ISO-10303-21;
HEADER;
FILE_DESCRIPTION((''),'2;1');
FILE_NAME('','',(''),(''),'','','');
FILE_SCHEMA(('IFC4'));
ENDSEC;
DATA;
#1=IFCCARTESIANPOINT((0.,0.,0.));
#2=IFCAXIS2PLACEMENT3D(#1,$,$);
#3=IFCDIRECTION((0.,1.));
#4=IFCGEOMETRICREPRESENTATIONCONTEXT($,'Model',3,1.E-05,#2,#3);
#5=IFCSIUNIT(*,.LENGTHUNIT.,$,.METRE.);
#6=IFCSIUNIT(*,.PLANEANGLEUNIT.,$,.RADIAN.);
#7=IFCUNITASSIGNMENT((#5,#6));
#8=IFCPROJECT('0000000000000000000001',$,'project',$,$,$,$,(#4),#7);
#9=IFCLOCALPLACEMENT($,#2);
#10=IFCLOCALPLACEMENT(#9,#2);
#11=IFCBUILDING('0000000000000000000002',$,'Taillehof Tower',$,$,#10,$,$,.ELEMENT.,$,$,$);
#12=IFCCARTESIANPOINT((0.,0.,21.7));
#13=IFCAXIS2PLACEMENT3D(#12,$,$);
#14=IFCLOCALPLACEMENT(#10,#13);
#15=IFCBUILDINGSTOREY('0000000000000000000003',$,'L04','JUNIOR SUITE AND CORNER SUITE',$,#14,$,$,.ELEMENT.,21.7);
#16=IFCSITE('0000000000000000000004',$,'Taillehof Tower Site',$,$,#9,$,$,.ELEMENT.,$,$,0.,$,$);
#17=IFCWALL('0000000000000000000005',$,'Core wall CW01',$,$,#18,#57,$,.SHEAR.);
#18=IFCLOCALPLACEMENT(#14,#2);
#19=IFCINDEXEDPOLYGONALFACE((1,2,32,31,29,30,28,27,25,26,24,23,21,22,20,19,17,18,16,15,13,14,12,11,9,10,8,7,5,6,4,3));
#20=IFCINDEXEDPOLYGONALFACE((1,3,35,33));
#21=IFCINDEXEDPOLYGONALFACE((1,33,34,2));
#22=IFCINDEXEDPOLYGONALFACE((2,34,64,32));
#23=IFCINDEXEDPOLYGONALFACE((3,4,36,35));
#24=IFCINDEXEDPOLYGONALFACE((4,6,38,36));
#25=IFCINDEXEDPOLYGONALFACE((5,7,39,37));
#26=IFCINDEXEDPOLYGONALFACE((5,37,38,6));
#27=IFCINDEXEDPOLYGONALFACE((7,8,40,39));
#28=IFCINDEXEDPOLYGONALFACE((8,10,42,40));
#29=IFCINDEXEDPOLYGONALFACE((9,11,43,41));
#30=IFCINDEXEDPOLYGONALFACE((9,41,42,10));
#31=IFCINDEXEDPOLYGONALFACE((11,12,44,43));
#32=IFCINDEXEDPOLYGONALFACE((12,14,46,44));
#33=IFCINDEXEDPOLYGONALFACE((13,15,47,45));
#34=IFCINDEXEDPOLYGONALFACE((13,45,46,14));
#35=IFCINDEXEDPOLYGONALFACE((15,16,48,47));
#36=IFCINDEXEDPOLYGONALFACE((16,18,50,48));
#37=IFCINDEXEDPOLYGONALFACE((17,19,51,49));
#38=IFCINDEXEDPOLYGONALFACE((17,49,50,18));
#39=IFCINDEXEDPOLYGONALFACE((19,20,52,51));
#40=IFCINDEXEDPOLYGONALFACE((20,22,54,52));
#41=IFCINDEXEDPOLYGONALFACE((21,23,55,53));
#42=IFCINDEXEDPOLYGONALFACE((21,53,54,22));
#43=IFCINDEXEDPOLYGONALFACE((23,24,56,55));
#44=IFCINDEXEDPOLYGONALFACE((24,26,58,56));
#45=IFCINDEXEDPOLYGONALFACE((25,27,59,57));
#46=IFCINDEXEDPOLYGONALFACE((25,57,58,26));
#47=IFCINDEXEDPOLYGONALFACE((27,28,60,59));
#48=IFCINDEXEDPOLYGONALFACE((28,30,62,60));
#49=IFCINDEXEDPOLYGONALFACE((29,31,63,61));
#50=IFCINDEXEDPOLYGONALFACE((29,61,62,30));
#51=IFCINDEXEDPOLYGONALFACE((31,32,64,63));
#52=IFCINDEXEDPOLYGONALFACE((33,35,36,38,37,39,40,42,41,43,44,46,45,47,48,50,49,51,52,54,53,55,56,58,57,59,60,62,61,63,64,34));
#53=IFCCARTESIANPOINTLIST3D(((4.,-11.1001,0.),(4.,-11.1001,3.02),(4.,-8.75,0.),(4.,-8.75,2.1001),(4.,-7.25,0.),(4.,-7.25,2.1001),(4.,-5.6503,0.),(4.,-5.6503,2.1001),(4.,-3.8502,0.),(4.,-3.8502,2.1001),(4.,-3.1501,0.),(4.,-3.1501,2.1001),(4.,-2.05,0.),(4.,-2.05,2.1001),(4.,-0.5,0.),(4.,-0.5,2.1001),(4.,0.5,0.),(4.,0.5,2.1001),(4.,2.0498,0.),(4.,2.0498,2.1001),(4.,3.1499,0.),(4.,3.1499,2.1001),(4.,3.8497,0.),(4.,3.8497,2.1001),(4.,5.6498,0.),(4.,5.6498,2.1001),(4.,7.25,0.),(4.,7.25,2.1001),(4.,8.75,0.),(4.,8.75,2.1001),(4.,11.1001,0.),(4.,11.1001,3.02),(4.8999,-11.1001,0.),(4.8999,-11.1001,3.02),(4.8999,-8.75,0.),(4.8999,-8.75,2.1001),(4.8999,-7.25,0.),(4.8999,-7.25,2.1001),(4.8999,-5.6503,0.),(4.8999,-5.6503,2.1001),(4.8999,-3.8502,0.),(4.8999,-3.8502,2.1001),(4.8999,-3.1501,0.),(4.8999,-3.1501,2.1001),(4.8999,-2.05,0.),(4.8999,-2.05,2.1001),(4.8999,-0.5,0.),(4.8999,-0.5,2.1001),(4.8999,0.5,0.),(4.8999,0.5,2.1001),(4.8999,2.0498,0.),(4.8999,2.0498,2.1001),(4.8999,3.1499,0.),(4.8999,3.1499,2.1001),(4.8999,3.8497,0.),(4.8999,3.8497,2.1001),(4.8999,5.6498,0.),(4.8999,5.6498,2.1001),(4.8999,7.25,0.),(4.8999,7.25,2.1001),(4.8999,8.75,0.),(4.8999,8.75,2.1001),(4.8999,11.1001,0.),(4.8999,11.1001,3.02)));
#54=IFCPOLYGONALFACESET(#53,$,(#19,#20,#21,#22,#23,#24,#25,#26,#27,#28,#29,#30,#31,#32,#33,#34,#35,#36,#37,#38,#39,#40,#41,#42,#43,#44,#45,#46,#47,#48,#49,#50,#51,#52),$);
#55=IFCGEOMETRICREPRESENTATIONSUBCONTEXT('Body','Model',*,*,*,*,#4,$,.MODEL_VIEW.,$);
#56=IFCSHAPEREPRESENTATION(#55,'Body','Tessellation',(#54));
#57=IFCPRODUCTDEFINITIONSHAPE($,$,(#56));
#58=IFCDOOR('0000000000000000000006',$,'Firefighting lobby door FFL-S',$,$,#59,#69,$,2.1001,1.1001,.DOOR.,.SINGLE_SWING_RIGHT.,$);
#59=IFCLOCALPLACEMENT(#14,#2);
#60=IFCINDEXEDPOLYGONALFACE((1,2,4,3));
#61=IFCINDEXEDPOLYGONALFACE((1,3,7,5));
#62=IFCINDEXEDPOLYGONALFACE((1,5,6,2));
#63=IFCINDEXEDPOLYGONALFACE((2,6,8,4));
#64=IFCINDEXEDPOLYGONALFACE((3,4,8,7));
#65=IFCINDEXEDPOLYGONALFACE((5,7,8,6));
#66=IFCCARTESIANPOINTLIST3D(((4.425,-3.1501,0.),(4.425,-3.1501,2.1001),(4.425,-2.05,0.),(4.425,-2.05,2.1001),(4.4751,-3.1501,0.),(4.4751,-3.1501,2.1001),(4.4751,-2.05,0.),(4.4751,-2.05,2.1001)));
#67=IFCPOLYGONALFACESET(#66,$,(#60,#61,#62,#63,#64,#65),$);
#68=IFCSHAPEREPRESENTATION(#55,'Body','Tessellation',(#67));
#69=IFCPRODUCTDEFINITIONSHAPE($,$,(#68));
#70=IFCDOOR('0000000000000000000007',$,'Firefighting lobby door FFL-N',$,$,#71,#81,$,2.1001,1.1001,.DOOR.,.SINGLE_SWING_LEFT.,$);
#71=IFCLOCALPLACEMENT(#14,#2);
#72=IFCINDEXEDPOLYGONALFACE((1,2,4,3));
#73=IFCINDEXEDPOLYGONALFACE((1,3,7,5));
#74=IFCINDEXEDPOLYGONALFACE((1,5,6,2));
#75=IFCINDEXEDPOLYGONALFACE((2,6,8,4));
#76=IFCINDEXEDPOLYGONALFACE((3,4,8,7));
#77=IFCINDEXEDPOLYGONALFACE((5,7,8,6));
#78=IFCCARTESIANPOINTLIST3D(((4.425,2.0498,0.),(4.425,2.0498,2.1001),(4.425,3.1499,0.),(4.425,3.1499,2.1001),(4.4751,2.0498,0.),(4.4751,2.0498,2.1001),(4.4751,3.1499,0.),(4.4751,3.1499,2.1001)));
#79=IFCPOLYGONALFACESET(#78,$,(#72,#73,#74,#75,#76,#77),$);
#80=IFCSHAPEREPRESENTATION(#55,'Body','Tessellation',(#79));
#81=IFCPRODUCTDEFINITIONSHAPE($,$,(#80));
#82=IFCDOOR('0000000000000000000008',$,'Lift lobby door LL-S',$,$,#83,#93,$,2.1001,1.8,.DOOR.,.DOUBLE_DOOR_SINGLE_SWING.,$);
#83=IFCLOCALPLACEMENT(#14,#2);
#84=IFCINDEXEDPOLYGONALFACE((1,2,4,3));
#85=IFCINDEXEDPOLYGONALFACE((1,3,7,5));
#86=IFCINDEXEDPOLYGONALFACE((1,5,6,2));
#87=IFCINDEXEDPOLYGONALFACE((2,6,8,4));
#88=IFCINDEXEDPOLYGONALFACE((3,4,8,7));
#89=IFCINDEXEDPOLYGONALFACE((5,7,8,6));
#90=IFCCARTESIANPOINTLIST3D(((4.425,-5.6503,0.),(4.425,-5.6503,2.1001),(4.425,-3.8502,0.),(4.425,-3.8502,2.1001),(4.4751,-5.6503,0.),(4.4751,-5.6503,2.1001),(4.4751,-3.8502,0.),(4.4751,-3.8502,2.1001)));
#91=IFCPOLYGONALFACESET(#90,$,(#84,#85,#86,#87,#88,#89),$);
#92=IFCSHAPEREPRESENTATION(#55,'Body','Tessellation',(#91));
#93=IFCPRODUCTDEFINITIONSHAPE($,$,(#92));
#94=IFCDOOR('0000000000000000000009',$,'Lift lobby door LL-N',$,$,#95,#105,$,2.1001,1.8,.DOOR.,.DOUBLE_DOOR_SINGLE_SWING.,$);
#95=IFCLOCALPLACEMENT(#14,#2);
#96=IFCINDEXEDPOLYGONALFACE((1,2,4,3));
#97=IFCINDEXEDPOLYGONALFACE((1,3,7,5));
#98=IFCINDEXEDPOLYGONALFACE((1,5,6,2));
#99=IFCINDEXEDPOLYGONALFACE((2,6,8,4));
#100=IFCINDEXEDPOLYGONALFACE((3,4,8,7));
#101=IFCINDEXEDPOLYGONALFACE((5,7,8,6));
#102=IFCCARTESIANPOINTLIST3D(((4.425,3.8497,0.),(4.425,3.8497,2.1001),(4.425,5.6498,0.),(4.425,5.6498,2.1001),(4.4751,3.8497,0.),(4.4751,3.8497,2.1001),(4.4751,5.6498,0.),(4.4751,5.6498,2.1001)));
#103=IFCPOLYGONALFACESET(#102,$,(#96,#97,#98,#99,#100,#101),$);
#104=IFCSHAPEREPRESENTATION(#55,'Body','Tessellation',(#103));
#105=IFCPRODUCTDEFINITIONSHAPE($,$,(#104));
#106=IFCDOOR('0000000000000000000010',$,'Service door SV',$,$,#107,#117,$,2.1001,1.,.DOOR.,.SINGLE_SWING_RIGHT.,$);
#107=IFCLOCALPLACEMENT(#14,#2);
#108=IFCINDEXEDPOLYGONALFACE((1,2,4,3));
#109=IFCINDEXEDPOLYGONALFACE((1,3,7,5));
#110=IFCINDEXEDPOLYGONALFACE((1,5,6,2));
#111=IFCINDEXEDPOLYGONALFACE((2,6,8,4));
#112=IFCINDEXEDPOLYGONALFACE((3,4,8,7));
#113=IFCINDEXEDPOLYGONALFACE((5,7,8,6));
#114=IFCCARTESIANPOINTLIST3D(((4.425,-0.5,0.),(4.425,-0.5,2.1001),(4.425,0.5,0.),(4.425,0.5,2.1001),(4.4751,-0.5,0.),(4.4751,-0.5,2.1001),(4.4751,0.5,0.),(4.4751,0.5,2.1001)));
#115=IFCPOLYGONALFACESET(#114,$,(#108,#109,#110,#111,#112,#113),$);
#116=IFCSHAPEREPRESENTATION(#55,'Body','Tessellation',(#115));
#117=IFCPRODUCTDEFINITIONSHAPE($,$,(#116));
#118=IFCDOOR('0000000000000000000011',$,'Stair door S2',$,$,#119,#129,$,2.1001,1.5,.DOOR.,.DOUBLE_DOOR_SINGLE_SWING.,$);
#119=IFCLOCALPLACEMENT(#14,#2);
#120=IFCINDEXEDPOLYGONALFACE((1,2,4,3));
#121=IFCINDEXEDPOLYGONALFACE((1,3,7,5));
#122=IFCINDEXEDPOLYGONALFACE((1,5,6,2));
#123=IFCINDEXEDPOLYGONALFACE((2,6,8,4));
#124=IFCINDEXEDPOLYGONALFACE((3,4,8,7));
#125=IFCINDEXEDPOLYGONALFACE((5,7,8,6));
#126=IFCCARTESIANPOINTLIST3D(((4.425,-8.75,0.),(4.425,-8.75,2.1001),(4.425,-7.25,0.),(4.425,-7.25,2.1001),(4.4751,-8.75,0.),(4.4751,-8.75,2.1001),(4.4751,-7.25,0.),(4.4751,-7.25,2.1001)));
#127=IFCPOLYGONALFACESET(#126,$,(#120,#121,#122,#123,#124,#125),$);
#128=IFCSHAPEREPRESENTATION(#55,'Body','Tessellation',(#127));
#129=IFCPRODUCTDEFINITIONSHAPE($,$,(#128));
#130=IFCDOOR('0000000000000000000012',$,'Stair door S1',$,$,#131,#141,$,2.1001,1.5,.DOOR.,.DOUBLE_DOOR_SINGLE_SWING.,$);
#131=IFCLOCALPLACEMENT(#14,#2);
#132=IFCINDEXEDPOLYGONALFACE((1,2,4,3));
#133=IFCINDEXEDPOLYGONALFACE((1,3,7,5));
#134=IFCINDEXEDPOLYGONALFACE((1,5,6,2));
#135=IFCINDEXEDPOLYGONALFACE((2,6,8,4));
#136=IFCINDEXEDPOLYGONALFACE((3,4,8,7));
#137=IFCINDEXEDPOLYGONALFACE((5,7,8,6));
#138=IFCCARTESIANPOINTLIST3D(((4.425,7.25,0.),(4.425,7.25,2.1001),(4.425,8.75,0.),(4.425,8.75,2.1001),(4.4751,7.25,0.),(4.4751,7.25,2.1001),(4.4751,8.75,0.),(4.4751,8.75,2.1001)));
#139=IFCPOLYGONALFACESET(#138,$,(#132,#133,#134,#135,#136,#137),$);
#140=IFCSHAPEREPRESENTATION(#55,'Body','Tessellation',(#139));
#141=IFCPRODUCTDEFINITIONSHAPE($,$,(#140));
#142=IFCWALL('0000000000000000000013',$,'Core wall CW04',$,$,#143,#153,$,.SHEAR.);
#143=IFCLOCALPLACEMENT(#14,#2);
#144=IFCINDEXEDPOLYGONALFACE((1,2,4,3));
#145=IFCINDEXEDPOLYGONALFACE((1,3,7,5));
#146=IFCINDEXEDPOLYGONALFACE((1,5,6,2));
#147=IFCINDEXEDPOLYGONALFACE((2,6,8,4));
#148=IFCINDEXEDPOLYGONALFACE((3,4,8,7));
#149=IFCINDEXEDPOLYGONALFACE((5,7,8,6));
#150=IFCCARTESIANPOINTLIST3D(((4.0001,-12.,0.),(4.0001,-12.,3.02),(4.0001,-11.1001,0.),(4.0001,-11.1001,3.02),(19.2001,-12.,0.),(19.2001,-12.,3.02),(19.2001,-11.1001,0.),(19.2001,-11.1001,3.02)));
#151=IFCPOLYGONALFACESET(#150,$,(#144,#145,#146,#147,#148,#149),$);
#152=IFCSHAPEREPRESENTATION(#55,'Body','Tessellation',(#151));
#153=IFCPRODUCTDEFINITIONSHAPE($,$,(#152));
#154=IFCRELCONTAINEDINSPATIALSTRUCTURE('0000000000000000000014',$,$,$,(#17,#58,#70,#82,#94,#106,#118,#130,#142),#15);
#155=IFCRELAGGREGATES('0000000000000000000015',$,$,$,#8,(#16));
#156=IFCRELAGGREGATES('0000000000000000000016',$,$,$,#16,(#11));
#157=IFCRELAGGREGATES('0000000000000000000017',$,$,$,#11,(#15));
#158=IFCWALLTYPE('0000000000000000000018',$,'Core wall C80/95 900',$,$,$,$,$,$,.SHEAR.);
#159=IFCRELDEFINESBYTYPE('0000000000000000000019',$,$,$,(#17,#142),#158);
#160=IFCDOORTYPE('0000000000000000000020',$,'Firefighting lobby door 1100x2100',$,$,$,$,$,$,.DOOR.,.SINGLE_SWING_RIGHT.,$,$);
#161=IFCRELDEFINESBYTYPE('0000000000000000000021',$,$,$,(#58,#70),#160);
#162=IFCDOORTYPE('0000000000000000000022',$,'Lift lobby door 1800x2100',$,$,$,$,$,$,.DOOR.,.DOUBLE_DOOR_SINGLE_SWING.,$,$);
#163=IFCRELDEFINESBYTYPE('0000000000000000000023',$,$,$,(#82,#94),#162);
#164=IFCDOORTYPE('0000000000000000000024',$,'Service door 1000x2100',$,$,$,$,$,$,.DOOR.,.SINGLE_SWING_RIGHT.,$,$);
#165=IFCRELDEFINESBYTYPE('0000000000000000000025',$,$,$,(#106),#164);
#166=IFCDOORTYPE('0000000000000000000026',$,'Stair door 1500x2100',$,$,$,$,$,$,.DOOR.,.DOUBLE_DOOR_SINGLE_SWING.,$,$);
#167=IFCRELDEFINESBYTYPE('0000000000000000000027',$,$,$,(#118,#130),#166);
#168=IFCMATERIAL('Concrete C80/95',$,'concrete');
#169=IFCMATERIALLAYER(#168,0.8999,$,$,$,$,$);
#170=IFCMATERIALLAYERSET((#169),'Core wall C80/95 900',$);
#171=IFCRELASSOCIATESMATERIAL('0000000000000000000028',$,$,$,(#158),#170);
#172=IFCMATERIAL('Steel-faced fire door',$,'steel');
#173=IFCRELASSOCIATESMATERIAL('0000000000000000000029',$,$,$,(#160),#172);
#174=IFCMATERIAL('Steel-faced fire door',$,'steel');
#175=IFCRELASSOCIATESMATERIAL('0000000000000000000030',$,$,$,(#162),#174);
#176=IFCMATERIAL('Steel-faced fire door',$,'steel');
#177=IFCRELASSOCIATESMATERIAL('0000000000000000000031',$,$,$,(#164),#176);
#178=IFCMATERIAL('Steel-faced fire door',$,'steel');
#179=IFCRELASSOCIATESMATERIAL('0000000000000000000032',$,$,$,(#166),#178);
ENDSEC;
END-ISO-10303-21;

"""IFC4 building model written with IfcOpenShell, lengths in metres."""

from ifc_helpers import new_model, si_unit, direction, frame, frame_2d, origin, place, context, subcontext, project, spatial, rectangle, extrude, material, layer, layer_set, type_object, element, fill, save


model = new_model("IFC4")

# Units and contexts
model_context = context("Model", 3, precision=1e-05, world=origin(), true_north=direction((0.0, 1.0)))
body_context = subcontext(model_context, "Body", "Model", "MODEL_VIEW")
ifc_project = project(units=[si_unit("LENGTHUNIT", "METRE"), si_unit("PLANEANGLEUNIT", "RADIAN")], contexts=[model_context])

# Site, building, storey
site_placement = place(None, origin())
site = spatial("IfcSite", under=ifc_project, at=site_placement, Name="Taillehof Tower Site", CompositionType="ELEMENT", RefElevation=0.0)
building_placement = place(site_placement, origin())
building = spatial("IfcBuilding", under=site, at=building_placement, Name="Taillehof Tower", CompositionType="ELEMENT")
storey_placement = place(building_placement, frame((0.0, 0.0, 21.7)))
storey = spatial("IfcBuildingStorey", under=building, at=storey_placement, Name="L04", Description="JUNIOR SUITE AND CORNER SUITE", CompositionType="ELEMENT", Elevation=21.7)

# Wall, openings, doors
ifc_material_1 = material(Name="Concrete C80/95", Category="concrete")
ifc_layer_1 = layer(ifc_material_1, 0.8999)
ifc_layer_set_1 = layer_set([ifc_layer_1], Name="Core wall C80/95 900")
wall_type_1 = type_object("IfcWallType", Name="Core wall C80/95 900", PredefinedType="SHEAR", material=ifc_layer_set_1)
wall_1_placement = place(storey_placement, frame((4.45, -11.1001, 0.0), z_axis=(0.0, 0.0, 1.0), x_axis=(0.0, 1.0, 0.0)))
wall_1 = element("IfcWall", 1, at=wall_1_placement, inside=storey, type_object=wall_type_1, Name="Core wall CW01", PredefinedType="SHEAR", context=body_context, shape_type="SweptSolid", body=[
    extrude(rectangle(XDim=22.2002, YDim=0.8999, at=frame_2d((11.1001, 0.0))), origin(), (0.0, 0.0, 1.0), 3.02),
])
opening_1_placement = place(wall_1_placement, frame((2.3501, 0.0, 0.0)))
opening_1 = element("IfcOpeningElement", 2, at=opening_1_placement, cuts=wall_1, PredefinedType="OPENING", context=body_context, shape_type="SweptSolid", body=[
    extrude(rectangle(XDim=1.5, YDim=2.1001, at=frame_2d((0.75, 1.05))), frame((0.0, 0.46, 0.0), z_axis=(0.0, -1.0, 0.0), x_axis=(1.0, 0.0, 0.0)), (0.0, 0.0, 1.0), 0.9199),
])
opening_2_placement = place(wall_1_placement, frame((5.45, 0.0, 0.0)))
opening_2 = element("IfcOpeningElement", 3, at=opening_2_placement, cuts=wall_1, PredefinedType="OPENING", context=body_context, shape_type="SweptSolid", body=[
    extrude(rectangle(XDim=1.8, YDim=2.1001, at=frame_2d((0.8999, 1.05))), frame((0.0, 0.46, 0.0), z_axis=(0.0, -1.0, 0.0), x_axis=(1.0, 0.0, 0.0)), (0.0, 0.0, 1.0), 0.9199),
])
opening_3_placement = place(wall_1_placement, frame((7.95, 0.0, 0.0)))
opening_3 = element("IfcOpeningElement", 4, at=opening_3_placement, cuts=wall_1, PredefinedType="OPENING", context=body_context, shape_type="SweptSolid", body=[
    extrude(rectangle(XDim=1.1001, YDim=2.1001, at=frame_2d((0.55, 1.05))), frame((0.0, 0.46, 0.0), z_axis=(0.0, -1.0, 0.0), x_axis=(1.0, 0.0, 0.0)), (0.0, 0.0, 1.0), 0.9199),
])
opening_4_placement = place(wall_1_placement, frame((10.6001, 0.0, 0.0)))
opening_4 = element("IfcOpeningElement", 5, at=opening_4_placement, cuts=wall_1, PredefinedType="OPENING", context=body_context, shape_type="SweptSolid", body=[
    extrude(rectangle(XDim=1.0, YDim=2.1001, at=frame_2d((0.5, 1.05))), frame((0.0, 0.46, 0.0), z_axis=(0.0, -1.0, 0.0), x_axis=(1.0, 0.0, 0.0)), (0.0, 0.0, 1.0), 0.9199),
])
opening_5_placement = place(wall_1_placement, frame((13.1499, 0.0, 0.0)))
opening_5 = element("IfcOpeningElement", 6, at=opening_5_placement, cuts=wall_1, PredefinedType="OPENING", context=body_context, shape_type="SweptSolid", body=[
    extrude(rectangle(XDim=1.1001, YDim=2.1001, at=frame_2d((0.55, 1.05))), frame((0.0, 0.46, 0.0), z_axis=(0.0, -1.0, 0.0), x_axis=(1.0, 0.0, 0.0)), (0.0, 0.0, 1.0), 0.9199),
])
opening_6_placement = place(wall_1_placement, frame((14.95, 0.0, 0.0)))
opening_6 = element("IfcOpeningElement", 7, at=opening_6_placement, cuts=wall_1, PredefinedType="OPENING", context=body_context, shape_type="SweptSolid", body=[
    extrude(rectangle(XDim=1.8, YDim=2.1001, at=frame_2d((0.8999, 1.05))), frame((0.0, 0.46, 0.0), z_axis=(0.0, -1.0, 0.0), x_axis=(1.0, 0.0, 0.0)), (0.0, 0.0, 1.0), 0.9199),
])
opening_7_placement = place(wall_1_placement, frame((18.3501, 0.0, 0.0)))
opening_7 = element("IfcOpeningElement", 8, at=opening_7_placement, cuts=wall_1, PredefinedType="OPENING", context=body_context, shape_type="SweptSolid", body=[
    extrude(rectangle(XDim=1.5, YDim=2.1001, at=frame_2d((0.75, 1.05))), frame((0.0, 0.46, 0.0), z_axis=(0.0, -1.0, 0.0), x_axis=(1.0, 0.0, 0.0)), (0.0, 0.0, 1.0), 0.9199),
])
ifc_material_2 = material(Name="Steel-faced fire door", Category="steel")
door_type_1 = type_object("IfcDoorType", Name="Firefighting lobby door 1100x2100", OperationType="SINGLE_SWING_RIGHT", PredefinedType="DOOR", material=ifc_material_2)
door_1_placement = place(opening_3_placement, origin())
door_1 = element("IfcDoor", 9, at=door_1_placement, inside=storey, type_object=door_type_1, Name="Firefighting lobby door FFL-S", OperationType="SINGLE_SWING_RIGHT", OverallHeight=2.1001, OverallWidth=1.1001, PredefinedType="DOOR", context=body_context, shape_type="SweptSolid", body=[
    extrude(rectangle(XDim=1.1001, YDim=2.1001, at=frame_2d((0.55, 1.05))), frame((0.0, 0.0249, 0.0), z_axis=(0.0, -1.0, 0.0), x_axis=(1.0, 0.0, 0.0)), (0.0, 0.0, 1.0), 0.05),
])
fill(opening_3, door_1)
door_2_placement = place(opening_5_placement, origin())
door_2 = element("IfcDoor", 10, at=door_2_placement, inside=storey, type_object=door_type_1, Name="Firefighting lobby door FFL-N", OperationType="SINGLE_SWING_LEFT", OverallHeight=2.1001, OverallWidth=1.1001, PredefinedType="DOOR", context=body_context, shape_type="SweptSolid", body=[
    extrude(rectangle(XDim=1.1001, YDim=2.1001, at=frame_2d((0.55, 1.05))), frame((0.0, 0.0249, 0.0), z_axis=(0.0, -1.0, 0.0), x_axis=(1.0, 0.0, 0.0)), (0.0, 0.0, 1.0), 0.05),
])
fill(opening_5, door_2)
ifc_material_3 = material(Name="Steel-faced fire door", Category="steel")
door_type_2 = type_object("IfcDoorType", Name="Lift lobby door 1800x2100", OperationType="DOUBLE_DOOR_SINGLE_SWING", PredefinedType="DOOR", material=ifc_material_3)
door_3_placement = place(opening_2_placement, origin())
door_3 = element("IfcDoor", 11, at=door_3_placement, inside=storey, type_object=door_type_2, Name="Lift lobby door LL-S", OperationType="DOUBLE_DOOR_SINGLE_SWING", OverallHeight=2.1001, OverallWidth=1.8, PredefinedType="DOOR", context=body_context, shape_type="SweptSolid", body=[
    extrude(rectangle(XDim=1.8, YDim=2.1001, at=frame_2d((0.8999, 1.05))), frame((0.0, 0.0249, 0.0), z_axis=(0.0, -1.0, 0.0), x_axis=(1.0, 0.0, 0.0)), (0.0, 0.0, 1.0), 0.05),
])
fill(opening_2, door_3)
door_4_placement = place(opening_6_placement, origin())
door_4 = element("IfcDoor", 12, at=door_4_placement, inside=storey, type_object=door_type_2, Name="Lift lobby door LL-N", OperationType="DOUBLE_DOOR_SINGLE_SWING", OverallHeight=2.1001, OverallWidth=1.8, PredefinedType="DOOR", context=body_context, shape_type="SweptSolid", body=[
    extrude(rectangle(XDim=1.8, YDim=2.1001, at=frame_2d((0.8999, 1.05))), frame((0.0, 0.0249, 0.0), z_axis=(0.0, -1.0, 0.0), x_axis=(1.0, 0.0, 0.0)), (0.0, 0.0, 1.0), 0.05),
])
fill(opening_6, door_4)
ifc_material_4 = material(Name="Steel-faced fire door", Category="steel")
door_type_3 = type_object("IfcDoorType", Name="Service door 1000x2100", OperationType="SINGLE_SWING_RIGHT", PredefinedType="DOOR", material=ifc_material_4)
door_5_placement = place(opening_4_placement, origin())
door_5 = element("IfcDoor", 13, at=door_5_placement, inside=storey, type_object=door_type_3, Name="Service door SV", OperationType="SINGLE_SWING_RIGHT", OverallHeight=2.1001, OverallWidth=1.0, PredefinedType="DOOR", context=body_context, shape_type="SweptSolid", body=[
    extrude(rectangle(XDim=1.0, YDim=2.1001, at=frame_2d((0.5, 1.05))), frame((0.0, 0.0249, 0.0), z_axis=(0.0, -1.0, 0.0), x_axis=(1.0, 0.0, 0.0)), (0.0, 0.0, 1.0), 0.05),
])
fill(opening_4, door_5)
ifc_material_5 = material(Name="Steel-faced fire door", Category="steel")
door_type_4 = type_object("IfcDoorType", Name="Stair door 1500x2100", OperationType="DOUBLE_DOOR_SINGLE_SWING", PredefinedType="DOOR", material=ifc_material_5)
door_6_placement = place(opening_1_placement, origin())
door_6 = element("IfcDoor", 14, at=door_6_placement, inside=storey, type_object=door_type_4, Name="Stair door S2", OperationType="DOUBLE_DOOR_SINGLE_SWING", OverallHeight=2.1001, OverallWidth=1.5, PredefinedType="DOOR", context=body_context, shape_type="SweptSolid", body=[
    extrude(rectangle(XDim=1.5, YDim=2.1001, at=frame_2d((0.75, 1.05))), frame((0.0, 0.0249, 0.0), z_axis=(0.0, -1.0, 0.0), x_axis=(1.0, 0.0, 0.0)), (0.0, 0.0, 1.0), 0.05),
])
fill(opening_1, door_6)
door_7_placement = place(opening_7_placement, origin())
door_7 = element("IfcDoor", 15, at=door_7_placement, inside=storey, type_object=door_type_4, Name="Stair door S1", OperationType="DOUBLE_DOOR_SINGLE_SWING", OverallHeight=2.1001, OverallWidth=1.5, PredefinedType="DOOR", context=body_context, shape_type="SweptSolid", body=[
    extrude(rectangle(XDim=1.5, YDim=2.1001, at=frame_2d((0.75, 1.05))), frame((0.0, 0.0249, 0.0), z_axis=(0.0, -1.0, 0.0), x_axis=(1.0, 0.0, 0.0)), (0.0, 0.0, 1.0), 0.05),
])
fill(opening_7, door_7)

# Wall
wall_2_placement = place(storey_placement, frame((4.0, -11.55, 0.0), z_axis=(0.0, 0.0, 1.0), x_axis=(1.0, 0.0, 0.0)))
element("IfcWall", 16, at=wall_2_placement, inside=storey, type_object=wall_type_1, Name="Core wall CW04", PredefinedType="SHEAR", context=body_context, shape_type="SweptSolid", body=[
    extrude(rectangle(XDim=15.2, YDim=0.8999, at=frame_2d((7.6001, 0.0))), origin(), (0.0, 0.0, 1.0), 3.02),
])

save(model, "model.ifc")
